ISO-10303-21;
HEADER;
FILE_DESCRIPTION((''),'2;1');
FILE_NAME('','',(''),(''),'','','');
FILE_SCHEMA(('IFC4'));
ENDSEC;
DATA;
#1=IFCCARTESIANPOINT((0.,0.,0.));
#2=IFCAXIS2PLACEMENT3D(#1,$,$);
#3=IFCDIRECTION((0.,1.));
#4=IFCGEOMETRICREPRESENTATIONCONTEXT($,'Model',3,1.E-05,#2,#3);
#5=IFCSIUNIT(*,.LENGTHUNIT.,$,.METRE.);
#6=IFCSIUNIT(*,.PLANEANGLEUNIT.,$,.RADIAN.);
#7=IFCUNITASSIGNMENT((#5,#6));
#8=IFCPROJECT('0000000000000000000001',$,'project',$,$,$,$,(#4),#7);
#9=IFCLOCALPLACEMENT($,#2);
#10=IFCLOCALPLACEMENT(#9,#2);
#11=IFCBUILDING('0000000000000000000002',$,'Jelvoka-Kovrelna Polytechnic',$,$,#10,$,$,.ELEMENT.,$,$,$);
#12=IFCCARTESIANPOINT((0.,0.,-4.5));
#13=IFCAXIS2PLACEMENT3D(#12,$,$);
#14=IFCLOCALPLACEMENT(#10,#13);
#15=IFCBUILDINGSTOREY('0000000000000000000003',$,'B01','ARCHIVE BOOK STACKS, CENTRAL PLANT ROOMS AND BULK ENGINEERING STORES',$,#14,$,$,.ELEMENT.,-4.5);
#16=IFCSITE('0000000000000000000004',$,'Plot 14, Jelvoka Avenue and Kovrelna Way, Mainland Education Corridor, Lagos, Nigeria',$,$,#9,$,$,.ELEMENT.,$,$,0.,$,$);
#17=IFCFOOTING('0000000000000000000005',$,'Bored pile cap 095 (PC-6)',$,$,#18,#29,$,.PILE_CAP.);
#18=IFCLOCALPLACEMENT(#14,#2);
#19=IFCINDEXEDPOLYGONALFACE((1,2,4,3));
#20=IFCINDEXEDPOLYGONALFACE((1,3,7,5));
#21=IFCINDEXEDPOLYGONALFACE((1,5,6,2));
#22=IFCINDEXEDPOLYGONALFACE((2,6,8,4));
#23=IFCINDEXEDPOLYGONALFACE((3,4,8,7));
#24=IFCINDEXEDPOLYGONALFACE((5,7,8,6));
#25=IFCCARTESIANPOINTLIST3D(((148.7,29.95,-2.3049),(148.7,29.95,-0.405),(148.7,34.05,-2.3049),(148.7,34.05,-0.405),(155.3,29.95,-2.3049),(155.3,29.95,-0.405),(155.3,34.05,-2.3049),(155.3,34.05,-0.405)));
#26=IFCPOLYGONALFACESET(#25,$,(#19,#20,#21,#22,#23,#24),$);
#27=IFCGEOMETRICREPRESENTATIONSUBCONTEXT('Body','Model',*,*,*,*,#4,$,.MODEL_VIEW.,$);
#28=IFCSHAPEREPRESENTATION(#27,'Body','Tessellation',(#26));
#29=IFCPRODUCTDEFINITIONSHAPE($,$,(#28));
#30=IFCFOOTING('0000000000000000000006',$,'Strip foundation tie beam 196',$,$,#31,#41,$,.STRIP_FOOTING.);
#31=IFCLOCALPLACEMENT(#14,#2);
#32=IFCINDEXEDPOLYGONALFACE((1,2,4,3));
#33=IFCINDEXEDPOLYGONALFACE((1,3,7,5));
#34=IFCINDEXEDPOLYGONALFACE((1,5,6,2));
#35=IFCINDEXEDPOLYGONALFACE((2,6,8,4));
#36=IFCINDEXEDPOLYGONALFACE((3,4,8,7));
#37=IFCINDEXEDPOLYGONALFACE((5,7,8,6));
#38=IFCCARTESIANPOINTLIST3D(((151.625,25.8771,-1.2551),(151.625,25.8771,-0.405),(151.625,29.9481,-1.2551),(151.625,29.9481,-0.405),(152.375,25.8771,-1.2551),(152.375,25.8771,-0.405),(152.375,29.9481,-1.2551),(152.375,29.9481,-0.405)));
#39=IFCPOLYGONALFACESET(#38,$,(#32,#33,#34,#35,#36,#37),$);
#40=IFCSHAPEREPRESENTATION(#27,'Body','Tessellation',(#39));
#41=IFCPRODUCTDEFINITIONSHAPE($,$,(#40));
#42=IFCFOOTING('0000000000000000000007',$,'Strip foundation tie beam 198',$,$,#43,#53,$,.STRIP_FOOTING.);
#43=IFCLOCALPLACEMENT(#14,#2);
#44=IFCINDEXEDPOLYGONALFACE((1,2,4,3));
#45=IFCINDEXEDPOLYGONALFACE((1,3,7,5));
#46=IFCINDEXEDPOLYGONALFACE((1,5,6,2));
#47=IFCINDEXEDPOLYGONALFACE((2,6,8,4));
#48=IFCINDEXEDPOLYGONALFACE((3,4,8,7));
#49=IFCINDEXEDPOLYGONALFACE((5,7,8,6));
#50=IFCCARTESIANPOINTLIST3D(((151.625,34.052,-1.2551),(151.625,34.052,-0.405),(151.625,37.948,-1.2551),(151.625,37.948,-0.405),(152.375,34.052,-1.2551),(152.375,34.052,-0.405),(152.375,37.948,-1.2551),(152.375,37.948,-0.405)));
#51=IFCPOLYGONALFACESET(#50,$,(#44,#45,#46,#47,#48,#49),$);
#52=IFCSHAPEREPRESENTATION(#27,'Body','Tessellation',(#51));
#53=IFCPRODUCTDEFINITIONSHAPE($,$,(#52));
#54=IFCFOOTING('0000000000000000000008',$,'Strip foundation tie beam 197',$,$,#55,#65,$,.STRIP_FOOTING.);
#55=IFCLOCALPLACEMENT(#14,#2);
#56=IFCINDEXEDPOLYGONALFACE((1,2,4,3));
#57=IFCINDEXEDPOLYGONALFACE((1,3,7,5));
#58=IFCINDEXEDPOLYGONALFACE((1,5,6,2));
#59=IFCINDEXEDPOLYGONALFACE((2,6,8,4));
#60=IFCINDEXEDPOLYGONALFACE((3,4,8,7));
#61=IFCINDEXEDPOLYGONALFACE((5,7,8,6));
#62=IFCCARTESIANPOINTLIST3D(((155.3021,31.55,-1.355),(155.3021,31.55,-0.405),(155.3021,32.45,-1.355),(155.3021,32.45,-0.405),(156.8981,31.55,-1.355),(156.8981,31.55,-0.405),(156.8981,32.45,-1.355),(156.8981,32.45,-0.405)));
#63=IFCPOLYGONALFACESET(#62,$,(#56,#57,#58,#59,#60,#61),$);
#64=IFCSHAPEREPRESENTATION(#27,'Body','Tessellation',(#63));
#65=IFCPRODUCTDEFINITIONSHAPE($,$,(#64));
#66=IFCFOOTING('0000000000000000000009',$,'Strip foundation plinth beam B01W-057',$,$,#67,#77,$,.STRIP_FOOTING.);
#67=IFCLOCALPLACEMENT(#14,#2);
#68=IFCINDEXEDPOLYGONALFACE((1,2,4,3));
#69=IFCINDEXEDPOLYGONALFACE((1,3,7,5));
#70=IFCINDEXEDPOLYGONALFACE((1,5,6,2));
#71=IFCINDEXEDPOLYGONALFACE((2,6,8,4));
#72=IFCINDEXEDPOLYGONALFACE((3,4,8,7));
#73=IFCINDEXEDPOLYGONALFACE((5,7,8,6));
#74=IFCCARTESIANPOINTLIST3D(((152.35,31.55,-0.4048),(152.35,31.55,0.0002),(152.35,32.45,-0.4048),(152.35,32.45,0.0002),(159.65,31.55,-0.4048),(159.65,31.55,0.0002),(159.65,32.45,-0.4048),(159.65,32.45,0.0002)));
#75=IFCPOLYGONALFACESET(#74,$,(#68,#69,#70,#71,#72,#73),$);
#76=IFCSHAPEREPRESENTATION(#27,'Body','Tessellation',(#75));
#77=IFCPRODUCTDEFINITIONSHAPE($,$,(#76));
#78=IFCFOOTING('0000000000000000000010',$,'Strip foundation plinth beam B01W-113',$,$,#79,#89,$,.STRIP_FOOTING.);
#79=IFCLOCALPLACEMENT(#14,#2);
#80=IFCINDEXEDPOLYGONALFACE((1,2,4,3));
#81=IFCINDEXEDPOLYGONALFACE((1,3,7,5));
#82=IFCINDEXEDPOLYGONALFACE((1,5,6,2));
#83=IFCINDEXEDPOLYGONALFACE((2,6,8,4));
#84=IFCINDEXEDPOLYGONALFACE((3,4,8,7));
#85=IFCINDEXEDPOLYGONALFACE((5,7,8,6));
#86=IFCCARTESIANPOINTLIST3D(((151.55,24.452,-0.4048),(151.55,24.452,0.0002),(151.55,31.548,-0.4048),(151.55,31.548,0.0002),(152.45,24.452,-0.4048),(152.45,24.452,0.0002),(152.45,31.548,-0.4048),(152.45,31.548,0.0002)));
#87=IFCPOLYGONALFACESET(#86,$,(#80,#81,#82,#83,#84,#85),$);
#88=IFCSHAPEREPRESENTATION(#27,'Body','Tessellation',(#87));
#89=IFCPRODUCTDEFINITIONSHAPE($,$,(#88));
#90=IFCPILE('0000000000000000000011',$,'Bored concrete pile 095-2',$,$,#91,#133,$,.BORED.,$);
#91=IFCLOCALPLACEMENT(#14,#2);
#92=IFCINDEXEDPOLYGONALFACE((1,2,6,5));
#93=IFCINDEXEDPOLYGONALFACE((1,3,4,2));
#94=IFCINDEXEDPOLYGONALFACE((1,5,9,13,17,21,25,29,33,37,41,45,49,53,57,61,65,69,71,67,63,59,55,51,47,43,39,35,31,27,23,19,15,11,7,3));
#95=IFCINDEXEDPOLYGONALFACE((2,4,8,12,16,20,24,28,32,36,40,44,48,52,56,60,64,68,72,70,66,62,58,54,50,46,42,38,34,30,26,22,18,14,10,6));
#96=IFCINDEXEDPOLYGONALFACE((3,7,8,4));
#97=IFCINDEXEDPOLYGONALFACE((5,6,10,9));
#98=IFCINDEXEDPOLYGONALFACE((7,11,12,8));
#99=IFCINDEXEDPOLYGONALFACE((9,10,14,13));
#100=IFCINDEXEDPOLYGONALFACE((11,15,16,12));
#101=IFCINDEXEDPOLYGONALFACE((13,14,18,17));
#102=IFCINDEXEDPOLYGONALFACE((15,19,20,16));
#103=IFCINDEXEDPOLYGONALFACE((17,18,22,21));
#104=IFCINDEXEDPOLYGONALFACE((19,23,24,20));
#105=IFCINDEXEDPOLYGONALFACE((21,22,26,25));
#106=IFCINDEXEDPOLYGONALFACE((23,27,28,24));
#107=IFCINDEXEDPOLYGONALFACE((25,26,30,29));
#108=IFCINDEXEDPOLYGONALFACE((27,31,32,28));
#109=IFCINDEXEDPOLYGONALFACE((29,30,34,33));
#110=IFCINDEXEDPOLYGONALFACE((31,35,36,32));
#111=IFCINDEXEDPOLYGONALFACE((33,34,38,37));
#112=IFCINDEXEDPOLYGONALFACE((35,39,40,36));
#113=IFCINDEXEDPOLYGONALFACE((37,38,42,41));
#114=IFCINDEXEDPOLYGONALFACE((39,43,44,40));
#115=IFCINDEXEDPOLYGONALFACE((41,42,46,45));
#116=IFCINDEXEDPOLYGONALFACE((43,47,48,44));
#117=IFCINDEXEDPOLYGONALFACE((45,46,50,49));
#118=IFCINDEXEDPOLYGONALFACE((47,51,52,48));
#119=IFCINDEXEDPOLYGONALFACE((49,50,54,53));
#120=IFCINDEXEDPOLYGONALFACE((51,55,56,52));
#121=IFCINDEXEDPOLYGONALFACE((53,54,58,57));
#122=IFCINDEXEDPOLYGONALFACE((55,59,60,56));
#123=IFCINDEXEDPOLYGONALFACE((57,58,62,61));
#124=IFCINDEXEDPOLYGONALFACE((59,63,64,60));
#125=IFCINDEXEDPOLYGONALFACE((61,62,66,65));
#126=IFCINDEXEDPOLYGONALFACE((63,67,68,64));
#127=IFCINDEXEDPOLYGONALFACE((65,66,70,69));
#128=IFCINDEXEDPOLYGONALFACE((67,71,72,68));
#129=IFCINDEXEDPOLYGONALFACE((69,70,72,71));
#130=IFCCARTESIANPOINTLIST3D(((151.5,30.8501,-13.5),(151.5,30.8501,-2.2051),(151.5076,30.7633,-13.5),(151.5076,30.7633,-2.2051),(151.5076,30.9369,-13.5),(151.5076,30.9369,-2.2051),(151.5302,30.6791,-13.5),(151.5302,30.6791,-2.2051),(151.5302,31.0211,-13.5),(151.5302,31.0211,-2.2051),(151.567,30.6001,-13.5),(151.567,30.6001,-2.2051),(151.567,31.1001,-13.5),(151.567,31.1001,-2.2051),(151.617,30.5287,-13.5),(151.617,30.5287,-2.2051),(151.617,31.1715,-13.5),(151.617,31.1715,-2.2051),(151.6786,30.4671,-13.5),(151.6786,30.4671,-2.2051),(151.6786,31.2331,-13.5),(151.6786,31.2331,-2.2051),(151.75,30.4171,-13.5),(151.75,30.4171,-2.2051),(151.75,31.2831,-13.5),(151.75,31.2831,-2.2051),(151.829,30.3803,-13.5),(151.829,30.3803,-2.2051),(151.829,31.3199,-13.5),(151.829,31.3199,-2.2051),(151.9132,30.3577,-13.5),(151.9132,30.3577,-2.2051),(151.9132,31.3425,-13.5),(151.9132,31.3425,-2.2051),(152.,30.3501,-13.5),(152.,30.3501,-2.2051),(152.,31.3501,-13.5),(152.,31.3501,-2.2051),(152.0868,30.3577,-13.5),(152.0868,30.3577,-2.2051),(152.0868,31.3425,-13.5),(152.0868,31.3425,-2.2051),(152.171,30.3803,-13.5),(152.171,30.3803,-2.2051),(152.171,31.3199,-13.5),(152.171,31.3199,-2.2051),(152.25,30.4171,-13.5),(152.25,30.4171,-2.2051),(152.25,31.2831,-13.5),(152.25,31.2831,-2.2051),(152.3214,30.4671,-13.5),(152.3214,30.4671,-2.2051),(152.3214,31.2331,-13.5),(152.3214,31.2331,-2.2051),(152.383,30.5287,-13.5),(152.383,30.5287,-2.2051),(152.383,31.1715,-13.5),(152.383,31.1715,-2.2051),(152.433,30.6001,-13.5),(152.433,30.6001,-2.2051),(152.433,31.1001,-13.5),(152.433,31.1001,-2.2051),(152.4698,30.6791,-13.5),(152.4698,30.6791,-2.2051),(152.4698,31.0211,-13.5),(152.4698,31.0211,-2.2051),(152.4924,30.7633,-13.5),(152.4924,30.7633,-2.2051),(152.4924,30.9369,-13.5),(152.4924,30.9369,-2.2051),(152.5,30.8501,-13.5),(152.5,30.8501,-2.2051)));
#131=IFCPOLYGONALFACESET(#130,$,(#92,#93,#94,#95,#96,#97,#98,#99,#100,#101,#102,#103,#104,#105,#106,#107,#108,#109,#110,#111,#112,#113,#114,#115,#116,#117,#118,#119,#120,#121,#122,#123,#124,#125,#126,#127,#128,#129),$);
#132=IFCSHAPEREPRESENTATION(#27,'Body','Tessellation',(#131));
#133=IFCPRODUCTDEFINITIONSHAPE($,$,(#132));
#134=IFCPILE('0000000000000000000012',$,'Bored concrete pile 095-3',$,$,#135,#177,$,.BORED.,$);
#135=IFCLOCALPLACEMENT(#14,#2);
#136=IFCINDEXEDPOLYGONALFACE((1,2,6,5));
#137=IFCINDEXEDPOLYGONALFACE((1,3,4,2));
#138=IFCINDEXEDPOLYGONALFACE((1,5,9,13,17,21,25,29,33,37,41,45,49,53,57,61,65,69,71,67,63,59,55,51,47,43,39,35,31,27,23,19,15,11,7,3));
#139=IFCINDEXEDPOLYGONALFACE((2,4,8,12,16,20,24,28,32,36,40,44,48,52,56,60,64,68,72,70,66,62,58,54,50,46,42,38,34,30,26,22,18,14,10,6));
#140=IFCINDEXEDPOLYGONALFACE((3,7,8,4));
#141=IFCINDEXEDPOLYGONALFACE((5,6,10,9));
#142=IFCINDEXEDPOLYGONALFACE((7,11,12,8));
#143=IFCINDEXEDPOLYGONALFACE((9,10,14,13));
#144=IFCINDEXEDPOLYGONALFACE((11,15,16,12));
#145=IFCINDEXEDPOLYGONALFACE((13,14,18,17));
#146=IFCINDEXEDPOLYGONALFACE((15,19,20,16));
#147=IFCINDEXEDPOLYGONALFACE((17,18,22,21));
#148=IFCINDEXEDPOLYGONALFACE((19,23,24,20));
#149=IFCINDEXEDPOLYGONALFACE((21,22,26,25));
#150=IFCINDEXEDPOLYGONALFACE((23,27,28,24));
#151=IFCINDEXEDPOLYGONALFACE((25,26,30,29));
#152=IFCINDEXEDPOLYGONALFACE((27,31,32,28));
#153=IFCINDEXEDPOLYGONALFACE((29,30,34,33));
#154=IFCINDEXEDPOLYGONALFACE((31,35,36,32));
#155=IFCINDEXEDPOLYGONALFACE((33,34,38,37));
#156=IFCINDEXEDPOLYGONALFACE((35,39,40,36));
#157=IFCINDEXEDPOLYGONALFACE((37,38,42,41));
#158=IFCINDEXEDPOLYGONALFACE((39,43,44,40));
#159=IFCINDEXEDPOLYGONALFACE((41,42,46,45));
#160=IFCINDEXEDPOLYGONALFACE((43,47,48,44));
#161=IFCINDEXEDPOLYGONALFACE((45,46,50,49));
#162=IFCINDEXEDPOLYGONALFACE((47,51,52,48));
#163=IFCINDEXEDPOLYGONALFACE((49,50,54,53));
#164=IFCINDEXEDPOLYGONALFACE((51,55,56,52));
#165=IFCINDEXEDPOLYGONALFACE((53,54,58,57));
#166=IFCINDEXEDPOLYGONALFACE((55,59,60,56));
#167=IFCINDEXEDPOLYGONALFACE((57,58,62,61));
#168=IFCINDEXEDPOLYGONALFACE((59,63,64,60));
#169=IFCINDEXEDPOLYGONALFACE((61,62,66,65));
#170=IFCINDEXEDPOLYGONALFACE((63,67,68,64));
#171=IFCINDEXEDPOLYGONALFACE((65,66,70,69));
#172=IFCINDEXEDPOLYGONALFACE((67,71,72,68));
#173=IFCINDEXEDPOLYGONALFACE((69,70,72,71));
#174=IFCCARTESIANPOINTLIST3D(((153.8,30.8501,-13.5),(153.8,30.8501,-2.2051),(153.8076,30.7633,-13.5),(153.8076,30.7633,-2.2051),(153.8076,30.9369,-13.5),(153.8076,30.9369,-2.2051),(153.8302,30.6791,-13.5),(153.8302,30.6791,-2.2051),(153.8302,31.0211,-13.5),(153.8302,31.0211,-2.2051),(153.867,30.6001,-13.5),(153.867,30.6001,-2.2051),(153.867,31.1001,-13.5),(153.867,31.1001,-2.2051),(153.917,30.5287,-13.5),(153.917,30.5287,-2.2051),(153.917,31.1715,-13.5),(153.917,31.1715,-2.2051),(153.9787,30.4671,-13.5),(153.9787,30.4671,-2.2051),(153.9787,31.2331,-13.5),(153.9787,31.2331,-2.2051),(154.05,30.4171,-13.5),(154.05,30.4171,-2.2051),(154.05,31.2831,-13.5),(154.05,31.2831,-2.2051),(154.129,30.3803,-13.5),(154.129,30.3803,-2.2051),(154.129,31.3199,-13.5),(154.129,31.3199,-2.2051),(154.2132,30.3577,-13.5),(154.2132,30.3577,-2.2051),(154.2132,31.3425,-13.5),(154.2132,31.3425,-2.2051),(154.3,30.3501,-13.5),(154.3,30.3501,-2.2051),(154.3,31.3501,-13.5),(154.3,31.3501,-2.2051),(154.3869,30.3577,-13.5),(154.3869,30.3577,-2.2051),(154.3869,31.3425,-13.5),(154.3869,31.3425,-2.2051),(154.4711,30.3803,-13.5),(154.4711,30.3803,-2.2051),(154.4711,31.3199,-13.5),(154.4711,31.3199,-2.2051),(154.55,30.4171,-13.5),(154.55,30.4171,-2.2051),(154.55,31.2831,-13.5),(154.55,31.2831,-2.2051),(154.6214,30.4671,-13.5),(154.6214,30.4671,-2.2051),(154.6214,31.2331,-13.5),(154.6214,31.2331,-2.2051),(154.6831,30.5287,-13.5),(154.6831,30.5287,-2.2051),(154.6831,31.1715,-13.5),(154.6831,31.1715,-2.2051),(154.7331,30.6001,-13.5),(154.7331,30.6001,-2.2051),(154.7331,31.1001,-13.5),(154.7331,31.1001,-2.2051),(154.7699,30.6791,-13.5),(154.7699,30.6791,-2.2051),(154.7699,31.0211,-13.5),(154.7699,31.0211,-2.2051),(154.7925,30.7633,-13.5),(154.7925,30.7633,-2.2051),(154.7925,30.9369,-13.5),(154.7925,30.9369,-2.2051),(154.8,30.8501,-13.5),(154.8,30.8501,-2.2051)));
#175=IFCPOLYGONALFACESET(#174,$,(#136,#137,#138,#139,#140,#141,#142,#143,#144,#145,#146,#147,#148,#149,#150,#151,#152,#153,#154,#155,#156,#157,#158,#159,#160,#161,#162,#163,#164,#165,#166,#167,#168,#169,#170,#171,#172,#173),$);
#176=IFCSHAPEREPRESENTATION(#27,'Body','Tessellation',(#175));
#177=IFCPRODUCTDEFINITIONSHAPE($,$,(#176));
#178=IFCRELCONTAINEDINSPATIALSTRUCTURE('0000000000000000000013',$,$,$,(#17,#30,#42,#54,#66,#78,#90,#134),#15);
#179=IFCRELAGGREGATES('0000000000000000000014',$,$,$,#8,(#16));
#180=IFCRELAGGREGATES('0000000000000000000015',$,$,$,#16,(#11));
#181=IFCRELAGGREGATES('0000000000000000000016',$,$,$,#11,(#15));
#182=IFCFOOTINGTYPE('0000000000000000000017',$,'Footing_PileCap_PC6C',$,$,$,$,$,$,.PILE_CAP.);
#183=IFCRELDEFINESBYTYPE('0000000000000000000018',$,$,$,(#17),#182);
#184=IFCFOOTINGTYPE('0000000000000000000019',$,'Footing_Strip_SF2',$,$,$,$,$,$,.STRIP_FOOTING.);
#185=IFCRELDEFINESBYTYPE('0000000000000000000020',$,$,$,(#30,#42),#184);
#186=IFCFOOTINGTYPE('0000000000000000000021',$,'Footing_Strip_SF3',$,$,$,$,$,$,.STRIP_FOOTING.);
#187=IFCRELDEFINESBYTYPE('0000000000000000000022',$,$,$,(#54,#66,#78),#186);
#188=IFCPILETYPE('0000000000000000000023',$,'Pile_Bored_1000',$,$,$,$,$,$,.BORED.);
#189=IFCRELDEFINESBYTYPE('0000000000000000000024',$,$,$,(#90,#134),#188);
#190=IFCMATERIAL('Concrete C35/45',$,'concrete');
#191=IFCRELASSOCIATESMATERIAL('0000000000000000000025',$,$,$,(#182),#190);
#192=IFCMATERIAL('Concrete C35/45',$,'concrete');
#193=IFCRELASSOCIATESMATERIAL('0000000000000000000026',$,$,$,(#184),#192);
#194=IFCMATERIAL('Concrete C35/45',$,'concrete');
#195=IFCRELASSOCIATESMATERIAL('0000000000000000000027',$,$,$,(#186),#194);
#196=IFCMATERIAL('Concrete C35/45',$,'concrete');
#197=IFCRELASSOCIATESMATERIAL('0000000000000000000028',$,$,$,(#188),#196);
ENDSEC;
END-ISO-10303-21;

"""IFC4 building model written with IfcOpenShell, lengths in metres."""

from ifc_helpers import new_model, si_unit, direction, frame, origin, origin_2d, place, context, subcontext, project, spatial, rectangle, circle, extrude, material, material_profile, profile_set, type_object, element, save


model = new_model("IFC4")

# Units and contexts
model_context = context("Model", 3, precision=1e-05, world=origin(), true_north=direction((0.0, 1.0)))
body_context = subcontext(model_context, "Body", "Model", "MODEL_VIEW")
ifc_project = project(units=[si_unit("LENGTHUNIT", "METRE"), si_unit("PLANEANGLEUNIT", "RADIAN")], contexts=[model_context])

# Site, building, storey
site_placement = place(None, origin())
site = spatial("IfcSite", under=ifc_project, at=site_placement, Name="Plot 14, Jelvoka Avenue and Kovrelna Way, Mainland Education Corridor, Lagos, Nigeria", CompositionType="ELEMENT", RefElevation=0.0)
building_placement = place(site_placement, origin())
building = spatial("IfcBuilding", under=site, at=building_placement, Name="Jelvoka-Kovrelna Polytechnic", CompositionType="ELEMENT")
storey_placement = place(building_placement, frame((0.0, 0.0, -4.5)))
storey = spatial("IfcBuildingStorey", under=building, at=storey_placement, Name="B01", Description="ARCHIVE BOOK STACKS, CENTRAL PLANT ROOMS AND BULK ENGINEERING STORES", CompositionType="ELEMENT", Elevation=-4.5)

# Footings
ifc_material_1 = material(Name="Concrete C35/45", Category="concrete")
footing_type_1 = type_object("IfcFootingType", Name="Footing_PileCap_PC6C", PredefinedType="PILE_CAP", material=ifc_material_1)
footing_1_placement = place(storey_placement, frame((152.0, 32.0, -2.3049), z_axis=(0.0, 0.0, 1.0), x_axis=(1.0, 0.0, 0.0)))
element("IfcFooting", 1, at=footing_1_placement, inside=storey, type_object=footing_type_1, Name="Bored pile cap 095 (PC-6)", PredefinedType="PILE_CAP", context=body_context, shape_type="SweptSolid", body=[
    extrude(rectangle(XDim=6.6001, YDim=4.1001, at=origin_2d()), origin(), (0.0, 0.0, 1.0), 1.8999),
])
ifc_material_2 = material(Name="Concrete C35/45", Category="concrete")
footing_type_2 = type_object("IfcFootingType", Name="Footing_Strip_SF2", PredefinedType="STRIP_FOOTING", material=ifc_material_2)
footing_2_placement = place(storey_placement, frame((152.0, 27.9126, -1.2551), z_axis=(0.0, 0.0, 1.0), x_axis=(0.0, 1.0, 0.0)))
element("IfcFooting", 2, at=footing_2_placement, inside=storey, type_object=footing_type_2, Name="Strip foundation tie beam 196", PredefinedType="STRIP_FOOTING", context=body_context, shape_type="SweptSolid", body=[
    extrude(rectangle(XDim=4.071, YDim=0.75, at=origin_2d()), origin(), (0.0, 0.0, 1.0), 0.8501),
])
footing_3_placement = place(storey_placement, frame((152.0, 36.0, -1.2551), z_axis=(0.0, 0.0, 1.0), x_axis=(0.0, 1.0, 0.0)))
element("IfcFooting", 3, at=footing_3_placement, inside=storey, type_object=footing_type_2, Name="Strip foundation tie beam 198", PredefinedType="STRIP_FOOTING", context=body_context, shape_type="SweptSolid", body=[
    extrude(rectangle(XDim=3.896, YDim=0.75, at=origin_2d()), origin(), (0.0, 0.0, 1.0), 0.8501),
])
ifc_material_3 = material(Name="Concrete C35/45", Category="concrete")
footing_type_3 = type_object("IfcFootingType", Name="Footing_Strip_SF3", PredefinedType="STRIP_FOOTING", material=ifc_material_3)
footing_4_placement = place(storey_placement, frame((156.1001, 32.0, -1.355), z_axis=(0.0, 0.0, 1.0), x_axis=(1.0, 0.0, 0.0)))
element("IfcFooting", 4, at=footing_4_placement, inside=storey, type_object=footing_type_3, Name="Strip foundation tie beam 197", PredefinedType="STRIP_FOOTING", context=body_context, shape_type="SweptSolid", body=[
    extrude(rectangle(XDim=1.5959, YDim=0.8999, at=origin_2d()), origin(), (0.0, 0.0, 1.0), 0.95),
])
footing_5_placement = place(storey_placement, frame((156.0, 32.0, -0.4048), z_axis=(0.0, 0.0, 1.0), x_axis=(1.0, 0.0, 0.0)))
element("IfcFooting", 5, at=footing_5_placement, inside=storey, type_object=footing_type_3, Name="Strip foundation plinth beam B01W-057", PredefinedType="STRIP_FOOTING", context=body_context, shape_type="SweptSolid", body=[
    extrude(rectangle(XDim=7.3, YDim=0.8999, at=origin_2d()), origin(), (0.0, 0.0, 1.0), 0.405),
])
footing_6_placement = place(storey_placement, frame((152.0, 28.0, -0.4048), z_axis=(0.0, 0.0, 1.0), x_axis=(0.0, 1.0, 0.0)))
element("IfcFooting", 6, at=footing_6_placement, inside=storey, type_object=footing_type_3, Name="Strip foundation plinth beam B01W-113", PredefinedType="STRIP_FOOTING", context=body_context, shape_type="SweptSolid", body=[
    extrude(rectangle(XDim=7.0959, YDim=0.8999, at=origin_2d()), origin(), (0.0, 0.0, 1.0), 0.405),
])

# Piles
ifc_material_4 = material(Name="Concrete C35/45", Category="concrete")
ifc_material_profile_1 = material_profile(ifc_material_4, circle(Radius=0.5, at=origin_2d()), Name="PILE D1000")
ifc_profile_set_1 = profile_set([ifc_material_profile_1], Name="Concrete C35/45")
pile_type = type_object("IfcPileType", Name="Pile_Bored_1000", PredefinedType="BORED", material=ifc_profile_set_1)
for number, where, z_axis, x_axis, name in (
    (7, (152.0, 30.8501, -2.2051), (0.0, 0.0, -1.0), (1.0, 0.0, 0.0), "Bored concrete pile 095-2"),
    (8, (154.3, 30.8501, -2.2051), (0.0, 0.0, -1.0), (1.0, 0.0, 0.0), "Bored concrete pile 095-3"),
):
    element("IfcPile", number, at=place(storey_placement, frame(where, z_axis=z_axis, x_axis=x_axis)), inside=storey, type_object=pile_type, Name=name, PredefinedType="BORED", context=body_context, shape_type="SweptSolid", body=[
        extrude(circle(Radius=0.5, at=origin_2d()), origin(), (0.0, 0.0, 1.0), 11.2949),
    ])

save(model, "model.ifc")
